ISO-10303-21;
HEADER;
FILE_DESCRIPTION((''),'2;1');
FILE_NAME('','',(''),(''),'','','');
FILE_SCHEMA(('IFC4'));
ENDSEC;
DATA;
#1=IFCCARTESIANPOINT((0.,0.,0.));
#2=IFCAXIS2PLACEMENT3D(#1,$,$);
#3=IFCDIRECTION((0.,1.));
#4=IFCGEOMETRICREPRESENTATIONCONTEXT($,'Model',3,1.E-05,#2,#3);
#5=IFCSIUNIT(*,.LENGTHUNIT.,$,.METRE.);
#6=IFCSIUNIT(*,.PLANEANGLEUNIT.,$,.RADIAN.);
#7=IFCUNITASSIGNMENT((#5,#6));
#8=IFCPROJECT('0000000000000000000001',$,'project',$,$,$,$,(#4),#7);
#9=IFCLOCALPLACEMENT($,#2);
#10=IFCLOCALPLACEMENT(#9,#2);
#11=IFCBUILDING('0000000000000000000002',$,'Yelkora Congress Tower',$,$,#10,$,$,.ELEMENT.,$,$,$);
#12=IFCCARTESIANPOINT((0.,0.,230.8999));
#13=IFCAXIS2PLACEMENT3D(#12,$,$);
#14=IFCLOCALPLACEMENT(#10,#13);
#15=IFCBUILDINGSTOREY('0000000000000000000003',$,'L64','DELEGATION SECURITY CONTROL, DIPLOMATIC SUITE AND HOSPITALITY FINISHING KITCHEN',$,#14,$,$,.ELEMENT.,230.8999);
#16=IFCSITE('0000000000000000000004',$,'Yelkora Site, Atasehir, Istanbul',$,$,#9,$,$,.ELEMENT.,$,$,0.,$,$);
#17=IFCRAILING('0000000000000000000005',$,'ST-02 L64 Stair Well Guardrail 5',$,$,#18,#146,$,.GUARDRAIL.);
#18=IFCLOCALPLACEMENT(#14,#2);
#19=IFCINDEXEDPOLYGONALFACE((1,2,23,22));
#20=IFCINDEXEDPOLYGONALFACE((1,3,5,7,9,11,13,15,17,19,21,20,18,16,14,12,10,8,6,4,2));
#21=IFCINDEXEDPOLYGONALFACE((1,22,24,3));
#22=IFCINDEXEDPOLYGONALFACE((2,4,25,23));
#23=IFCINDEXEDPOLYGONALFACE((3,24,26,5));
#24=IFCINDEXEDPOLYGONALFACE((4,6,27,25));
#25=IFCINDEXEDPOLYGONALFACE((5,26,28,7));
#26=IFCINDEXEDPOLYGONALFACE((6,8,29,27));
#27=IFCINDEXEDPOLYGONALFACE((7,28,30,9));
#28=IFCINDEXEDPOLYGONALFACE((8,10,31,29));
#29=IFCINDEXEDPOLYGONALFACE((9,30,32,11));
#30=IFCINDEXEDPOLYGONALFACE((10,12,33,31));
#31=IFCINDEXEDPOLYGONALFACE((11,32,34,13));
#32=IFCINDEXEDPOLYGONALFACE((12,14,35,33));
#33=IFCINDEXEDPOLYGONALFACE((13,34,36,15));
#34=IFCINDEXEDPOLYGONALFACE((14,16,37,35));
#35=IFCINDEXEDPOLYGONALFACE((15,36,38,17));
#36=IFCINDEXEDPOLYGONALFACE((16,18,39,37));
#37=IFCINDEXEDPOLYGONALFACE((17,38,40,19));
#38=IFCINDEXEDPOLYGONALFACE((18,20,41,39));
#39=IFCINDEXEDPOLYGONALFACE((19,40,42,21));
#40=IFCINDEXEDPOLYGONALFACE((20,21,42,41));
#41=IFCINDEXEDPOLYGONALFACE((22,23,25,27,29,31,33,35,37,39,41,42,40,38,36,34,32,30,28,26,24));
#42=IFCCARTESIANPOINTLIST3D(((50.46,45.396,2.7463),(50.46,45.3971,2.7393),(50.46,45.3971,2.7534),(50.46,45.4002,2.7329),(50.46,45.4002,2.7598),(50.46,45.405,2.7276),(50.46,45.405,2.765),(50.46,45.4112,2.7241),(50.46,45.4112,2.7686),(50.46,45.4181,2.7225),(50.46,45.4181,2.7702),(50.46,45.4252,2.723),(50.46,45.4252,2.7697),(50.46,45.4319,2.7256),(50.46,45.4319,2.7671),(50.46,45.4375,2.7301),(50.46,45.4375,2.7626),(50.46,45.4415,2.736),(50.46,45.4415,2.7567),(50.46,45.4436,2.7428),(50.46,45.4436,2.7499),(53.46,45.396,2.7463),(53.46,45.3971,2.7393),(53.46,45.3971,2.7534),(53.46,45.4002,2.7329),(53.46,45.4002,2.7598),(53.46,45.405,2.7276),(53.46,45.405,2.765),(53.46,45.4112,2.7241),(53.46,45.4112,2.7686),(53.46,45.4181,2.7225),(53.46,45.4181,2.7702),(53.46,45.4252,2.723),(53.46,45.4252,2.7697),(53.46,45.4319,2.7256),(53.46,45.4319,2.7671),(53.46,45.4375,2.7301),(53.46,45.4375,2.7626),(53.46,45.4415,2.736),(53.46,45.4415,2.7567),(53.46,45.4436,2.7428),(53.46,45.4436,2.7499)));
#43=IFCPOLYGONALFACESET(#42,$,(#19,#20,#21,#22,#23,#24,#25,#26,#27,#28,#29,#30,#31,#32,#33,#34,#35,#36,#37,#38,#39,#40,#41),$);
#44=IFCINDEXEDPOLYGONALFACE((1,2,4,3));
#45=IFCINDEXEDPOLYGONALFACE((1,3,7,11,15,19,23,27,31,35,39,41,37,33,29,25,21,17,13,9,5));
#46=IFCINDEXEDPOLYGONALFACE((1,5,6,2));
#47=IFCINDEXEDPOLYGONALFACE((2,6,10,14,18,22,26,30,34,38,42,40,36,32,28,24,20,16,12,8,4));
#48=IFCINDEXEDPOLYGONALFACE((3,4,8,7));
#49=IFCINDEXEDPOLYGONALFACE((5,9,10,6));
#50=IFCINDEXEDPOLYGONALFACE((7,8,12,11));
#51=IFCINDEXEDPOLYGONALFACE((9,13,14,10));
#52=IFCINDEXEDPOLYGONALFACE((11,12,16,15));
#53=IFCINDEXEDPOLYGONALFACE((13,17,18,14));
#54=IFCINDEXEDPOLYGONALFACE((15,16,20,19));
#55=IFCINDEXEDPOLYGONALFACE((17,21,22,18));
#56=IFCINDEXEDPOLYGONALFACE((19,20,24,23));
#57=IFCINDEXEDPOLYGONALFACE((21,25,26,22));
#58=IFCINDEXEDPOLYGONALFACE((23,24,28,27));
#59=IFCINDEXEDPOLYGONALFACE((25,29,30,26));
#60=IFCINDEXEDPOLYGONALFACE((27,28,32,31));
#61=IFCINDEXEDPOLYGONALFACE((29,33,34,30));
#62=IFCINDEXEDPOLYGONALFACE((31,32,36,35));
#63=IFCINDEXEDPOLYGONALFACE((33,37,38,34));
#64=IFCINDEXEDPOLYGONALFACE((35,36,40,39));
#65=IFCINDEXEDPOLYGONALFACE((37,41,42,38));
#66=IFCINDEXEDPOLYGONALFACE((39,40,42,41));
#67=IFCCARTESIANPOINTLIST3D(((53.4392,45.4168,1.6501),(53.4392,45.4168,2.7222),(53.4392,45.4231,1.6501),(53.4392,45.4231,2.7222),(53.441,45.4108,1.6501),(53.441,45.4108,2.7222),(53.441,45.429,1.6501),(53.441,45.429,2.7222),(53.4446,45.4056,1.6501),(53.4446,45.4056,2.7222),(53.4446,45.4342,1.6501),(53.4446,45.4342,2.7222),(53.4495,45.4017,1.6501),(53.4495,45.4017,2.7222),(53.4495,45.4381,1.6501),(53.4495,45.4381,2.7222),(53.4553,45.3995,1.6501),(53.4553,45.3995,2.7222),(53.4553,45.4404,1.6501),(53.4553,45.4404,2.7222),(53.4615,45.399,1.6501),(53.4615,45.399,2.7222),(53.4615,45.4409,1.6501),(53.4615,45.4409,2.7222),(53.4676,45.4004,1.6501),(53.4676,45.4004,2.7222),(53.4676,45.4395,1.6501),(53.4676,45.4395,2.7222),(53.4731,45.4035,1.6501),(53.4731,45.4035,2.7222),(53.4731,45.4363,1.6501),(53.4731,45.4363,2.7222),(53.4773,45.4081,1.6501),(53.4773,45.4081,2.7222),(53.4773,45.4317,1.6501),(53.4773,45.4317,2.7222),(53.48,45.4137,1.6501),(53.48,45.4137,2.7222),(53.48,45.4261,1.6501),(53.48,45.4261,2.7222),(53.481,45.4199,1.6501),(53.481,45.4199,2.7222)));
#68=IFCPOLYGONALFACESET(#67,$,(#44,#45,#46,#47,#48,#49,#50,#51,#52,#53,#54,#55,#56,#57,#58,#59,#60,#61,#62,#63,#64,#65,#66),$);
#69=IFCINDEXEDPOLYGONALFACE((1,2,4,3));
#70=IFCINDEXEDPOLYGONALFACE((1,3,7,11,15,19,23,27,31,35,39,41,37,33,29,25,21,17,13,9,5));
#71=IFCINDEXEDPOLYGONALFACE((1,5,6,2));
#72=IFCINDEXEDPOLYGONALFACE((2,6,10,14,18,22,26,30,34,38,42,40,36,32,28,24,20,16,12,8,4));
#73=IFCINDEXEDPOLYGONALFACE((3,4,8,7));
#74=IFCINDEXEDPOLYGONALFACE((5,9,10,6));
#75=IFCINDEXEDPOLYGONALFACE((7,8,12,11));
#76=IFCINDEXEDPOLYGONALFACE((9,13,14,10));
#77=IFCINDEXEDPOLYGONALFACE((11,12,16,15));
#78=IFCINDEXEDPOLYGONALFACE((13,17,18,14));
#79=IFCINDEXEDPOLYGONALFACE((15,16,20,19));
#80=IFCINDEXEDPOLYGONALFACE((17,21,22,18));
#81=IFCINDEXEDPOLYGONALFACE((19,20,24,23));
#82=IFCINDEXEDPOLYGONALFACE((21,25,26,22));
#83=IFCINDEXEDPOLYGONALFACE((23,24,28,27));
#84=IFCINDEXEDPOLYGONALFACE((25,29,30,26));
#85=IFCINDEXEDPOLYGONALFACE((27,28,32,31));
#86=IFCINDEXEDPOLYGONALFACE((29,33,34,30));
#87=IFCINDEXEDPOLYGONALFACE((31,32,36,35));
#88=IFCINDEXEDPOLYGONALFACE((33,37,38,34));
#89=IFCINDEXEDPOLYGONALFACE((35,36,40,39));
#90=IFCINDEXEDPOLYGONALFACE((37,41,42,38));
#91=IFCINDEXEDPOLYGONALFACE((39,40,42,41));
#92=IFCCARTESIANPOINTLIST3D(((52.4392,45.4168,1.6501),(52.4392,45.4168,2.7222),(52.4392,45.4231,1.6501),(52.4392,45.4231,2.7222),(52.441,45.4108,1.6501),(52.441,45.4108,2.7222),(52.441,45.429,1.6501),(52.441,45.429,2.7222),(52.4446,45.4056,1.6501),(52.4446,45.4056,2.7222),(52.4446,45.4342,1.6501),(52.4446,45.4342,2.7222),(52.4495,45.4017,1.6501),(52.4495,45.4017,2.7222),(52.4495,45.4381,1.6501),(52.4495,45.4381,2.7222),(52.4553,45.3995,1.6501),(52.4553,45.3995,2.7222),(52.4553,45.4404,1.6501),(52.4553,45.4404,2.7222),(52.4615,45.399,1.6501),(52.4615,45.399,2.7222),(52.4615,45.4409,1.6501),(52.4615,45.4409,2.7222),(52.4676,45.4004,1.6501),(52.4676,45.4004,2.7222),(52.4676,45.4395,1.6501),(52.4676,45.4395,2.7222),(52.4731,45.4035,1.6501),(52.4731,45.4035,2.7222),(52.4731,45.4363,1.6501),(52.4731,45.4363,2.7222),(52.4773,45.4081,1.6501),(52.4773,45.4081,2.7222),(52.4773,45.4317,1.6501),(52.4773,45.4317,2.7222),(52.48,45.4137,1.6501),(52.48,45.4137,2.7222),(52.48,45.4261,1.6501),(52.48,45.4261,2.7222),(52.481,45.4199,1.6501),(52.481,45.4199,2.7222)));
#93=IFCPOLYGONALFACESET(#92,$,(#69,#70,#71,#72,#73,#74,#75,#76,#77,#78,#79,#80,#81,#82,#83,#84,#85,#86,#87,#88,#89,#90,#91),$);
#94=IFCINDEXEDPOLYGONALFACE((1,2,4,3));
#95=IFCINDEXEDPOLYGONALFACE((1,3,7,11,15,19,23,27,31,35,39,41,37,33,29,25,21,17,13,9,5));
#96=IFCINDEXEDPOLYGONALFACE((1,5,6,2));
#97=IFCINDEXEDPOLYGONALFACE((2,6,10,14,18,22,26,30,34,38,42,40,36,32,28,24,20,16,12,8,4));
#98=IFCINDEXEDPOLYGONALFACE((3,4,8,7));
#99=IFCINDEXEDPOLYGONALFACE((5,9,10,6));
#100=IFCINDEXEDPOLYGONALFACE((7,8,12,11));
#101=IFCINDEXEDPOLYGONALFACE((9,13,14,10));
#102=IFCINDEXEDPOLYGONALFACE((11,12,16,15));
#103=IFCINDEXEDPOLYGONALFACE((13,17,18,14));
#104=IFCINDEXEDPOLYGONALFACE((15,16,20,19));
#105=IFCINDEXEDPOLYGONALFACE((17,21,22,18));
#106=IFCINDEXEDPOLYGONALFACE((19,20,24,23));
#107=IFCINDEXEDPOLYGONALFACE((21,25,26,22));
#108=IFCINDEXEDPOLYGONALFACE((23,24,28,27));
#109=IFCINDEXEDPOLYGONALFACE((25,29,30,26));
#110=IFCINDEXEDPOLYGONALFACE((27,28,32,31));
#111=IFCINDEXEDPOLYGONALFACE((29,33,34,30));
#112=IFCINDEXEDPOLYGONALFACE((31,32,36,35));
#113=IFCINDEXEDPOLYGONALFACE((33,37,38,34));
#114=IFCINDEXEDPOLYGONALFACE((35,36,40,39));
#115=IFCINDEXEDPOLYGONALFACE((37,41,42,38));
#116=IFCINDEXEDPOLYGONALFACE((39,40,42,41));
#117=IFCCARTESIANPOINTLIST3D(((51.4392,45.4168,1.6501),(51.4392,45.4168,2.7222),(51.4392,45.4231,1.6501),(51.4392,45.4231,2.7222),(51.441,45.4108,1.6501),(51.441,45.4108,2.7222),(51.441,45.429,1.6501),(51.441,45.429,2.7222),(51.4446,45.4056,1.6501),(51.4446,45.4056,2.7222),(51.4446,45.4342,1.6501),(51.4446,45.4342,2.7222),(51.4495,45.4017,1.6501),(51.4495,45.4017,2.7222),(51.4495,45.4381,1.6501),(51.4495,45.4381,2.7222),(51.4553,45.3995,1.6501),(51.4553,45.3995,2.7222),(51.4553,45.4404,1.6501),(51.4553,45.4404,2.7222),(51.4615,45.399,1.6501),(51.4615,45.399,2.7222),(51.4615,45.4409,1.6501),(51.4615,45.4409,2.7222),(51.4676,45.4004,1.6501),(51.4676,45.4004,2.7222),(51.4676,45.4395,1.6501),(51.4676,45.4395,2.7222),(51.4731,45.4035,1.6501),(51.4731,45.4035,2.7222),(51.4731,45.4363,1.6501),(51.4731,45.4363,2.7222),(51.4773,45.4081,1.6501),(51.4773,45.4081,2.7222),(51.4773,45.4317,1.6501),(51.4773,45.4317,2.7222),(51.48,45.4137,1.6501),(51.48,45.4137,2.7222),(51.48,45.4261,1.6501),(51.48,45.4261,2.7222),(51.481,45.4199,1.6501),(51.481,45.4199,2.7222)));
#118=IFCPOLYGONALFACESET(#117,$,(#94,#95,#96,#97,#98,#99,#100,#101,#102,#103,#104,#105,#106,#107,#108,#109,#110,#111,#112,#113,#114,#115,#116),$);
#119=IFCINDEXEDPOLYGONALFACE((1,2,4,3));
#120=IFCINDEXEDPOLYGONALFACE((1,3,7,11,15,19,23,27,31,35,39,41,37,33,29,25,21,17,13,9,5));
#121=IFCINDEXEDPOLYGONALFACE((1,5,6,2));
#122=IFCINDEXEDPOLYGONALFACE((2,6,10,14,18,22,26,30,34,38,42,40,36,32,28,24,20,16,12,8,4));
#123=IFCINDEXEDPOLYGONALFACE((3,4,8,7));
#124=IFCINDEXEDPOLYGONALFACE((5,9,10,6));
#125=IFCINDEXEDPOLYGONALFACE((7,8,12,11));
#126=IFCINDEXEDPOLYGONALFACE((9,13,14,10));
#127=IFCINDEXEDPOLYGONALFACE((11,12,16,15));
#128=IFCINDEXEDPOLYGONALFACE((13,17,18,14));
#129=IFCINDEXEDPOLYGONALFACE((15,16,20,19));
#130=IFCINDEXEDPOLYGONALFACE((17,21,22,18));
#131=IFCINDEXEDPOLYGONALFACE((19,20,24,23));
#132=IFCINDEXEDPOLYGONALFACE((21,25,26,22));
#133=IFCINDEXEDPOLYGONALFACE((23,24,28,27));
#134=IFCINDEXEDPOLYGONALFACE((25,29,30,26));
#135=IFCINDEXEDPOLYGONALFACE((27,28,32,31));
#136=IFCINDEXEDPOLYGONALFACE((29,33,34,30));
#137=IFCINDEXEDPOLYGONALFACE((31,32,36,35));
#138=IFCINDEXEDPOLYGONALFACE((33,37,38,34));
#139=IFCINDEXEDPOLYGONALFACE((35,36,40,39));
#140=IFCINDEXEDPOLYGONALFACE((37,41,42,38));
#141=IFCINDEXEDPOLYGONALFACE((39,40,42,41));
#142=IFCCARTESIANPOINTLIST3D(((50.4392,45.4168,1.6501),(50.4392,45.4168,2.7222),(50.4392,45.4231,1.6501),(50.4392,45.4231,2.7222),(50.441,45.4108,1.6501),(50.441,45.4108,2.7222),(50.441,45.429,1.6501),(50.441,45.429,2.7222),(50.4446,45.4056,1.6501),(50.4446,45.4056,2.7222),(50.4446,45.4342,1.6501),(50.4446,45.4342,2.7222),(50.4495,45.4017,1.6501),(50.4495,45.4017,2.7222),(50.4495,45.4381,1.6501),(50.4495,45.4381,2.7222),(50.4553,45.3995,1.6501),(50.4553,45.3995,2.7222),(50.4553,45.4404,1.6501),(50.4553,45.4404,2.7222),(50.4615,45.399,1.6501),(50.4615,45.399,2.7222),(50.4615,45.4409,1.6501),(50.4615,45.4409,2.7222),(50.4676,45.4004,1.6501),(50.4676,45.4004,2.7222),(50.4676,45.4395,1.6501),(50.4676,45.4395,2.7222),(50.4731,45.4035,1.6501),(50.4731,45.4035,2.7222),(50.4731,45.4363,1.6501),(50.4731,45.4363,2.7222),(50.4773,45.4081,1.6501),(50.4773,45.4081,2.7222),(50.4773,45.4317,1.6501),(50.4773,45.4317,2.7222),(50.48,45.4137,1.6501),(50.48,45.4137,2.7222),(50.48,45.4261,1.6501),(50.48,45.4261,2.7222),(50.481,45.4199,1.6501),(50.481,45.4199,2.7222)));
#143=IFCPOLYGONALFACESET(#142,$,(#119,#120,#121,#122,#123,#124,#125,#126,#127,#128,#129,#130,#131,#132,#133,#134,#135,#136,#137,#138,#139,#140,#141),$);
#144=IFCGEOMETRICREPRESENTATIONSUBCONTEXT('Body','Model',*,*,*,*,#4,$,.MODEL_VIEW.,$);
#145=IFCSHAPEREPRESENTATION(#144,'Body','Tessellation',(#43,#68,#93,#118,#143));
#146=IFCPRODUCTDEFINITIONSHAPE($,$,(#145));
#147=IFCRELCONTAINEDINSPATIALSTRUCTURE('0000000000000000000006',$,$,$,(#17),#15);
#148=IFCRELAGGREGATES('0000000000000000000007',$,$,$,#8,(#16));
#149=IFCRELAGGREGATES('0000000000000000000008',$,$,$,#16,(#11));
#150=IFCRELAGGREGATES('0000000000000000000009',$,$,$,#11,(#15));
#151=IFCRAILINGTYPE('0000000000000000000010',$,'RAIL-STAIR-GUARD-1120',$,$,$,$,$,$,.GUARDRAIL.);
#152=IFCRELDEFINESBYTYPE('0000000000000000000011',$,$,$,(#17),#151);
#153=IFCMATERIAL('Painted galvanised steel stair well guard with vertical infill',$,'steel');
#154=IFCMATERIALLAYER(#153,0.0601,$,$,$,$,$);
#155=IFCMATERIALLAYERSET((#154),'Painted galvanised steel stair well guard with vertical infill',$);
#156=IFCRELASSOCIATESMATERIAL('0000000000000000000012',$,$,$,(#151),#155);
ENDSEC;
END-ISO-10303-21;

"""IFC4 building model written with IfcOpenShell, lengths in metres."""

from ifc_helpers import new_model, si_unit, direction, frame, origin, origin_2d, place, context, subcontext, project, spatial, circle, extrude, material, layer, layer_set, type_object, element, save


model = new_model("IFC4")

# Units and contexts
model_context = context("Model", 3, precision=1e-05, world=origin(), true_north=direction((0.0, 1.0)))
body_context = subcontext(model_context, "Body", "Model", "MODEL_VIEW")
ifc_project = project(units=[si_unit("LENGTHUNIT", "METRE"), si_unit("PLANEANGLEUNIT", "RADIAN")], contexts=[model_context])

# Site, building, storey
site_placement = place(None, origin())
site = spatial("IfcSite", under=ifc_project, at=site_placement, Name="Yelkora Site, Atasehir, Istanbul", CompositionType="ELEMENT", RefElevation=0.0)
building_placement = place(site_placement, origin())
building = spatial("IfcBuilding", under=site, at=building_placement, Name="Yelkora Congress Tower", CompositionType="ELEMENT")
storey_placement = place(building_placement, frame((0.0, 0.0, 230.8999)))
storey = spatial("IfcBuildingStorey", under=building, at=storey_placement, Name="L64", Description="DELEGATION SECURITY CONTROL, DIPLOMATIC SUITE AND HOSPITALITY FINISHING KITCHEN", CompositionType="ELEMENT", Elevation=230.8999)

# Railing
ifc_material_1 = material(Name="Painted galvanised steel stair well guard with vertical infill", Category="steel")
ifc_layer_1 = layer(ifc_material_1, 0.0601)
ifc_layer_set_1 = layer_set([ifc_layer_1], Name="Painted galvanised steel stair well guard with vertical infill")
railing_type_1 = type_object("IfcRailingType", Name="RAIL-STAIR-GUARD-1120", PredefinedType="GUARDRAIL", material=ifc_layer_set_1)
railing_1_placement = place(storey_placement, frame((53.46, 45.4199, 1.6501)))
element("IfcRailing", 1, at=railing_1_placement, inside=storey, type_object=railing_type_1, Name="ST-02 L64 Stair Well Guardrail 5", PredefinedType="GUARDRAIL", context=body_context, shape_type="SweptSolid", body=[
    extrude(circle(Radius=0.0239, at=origin_2d()), frame((0.0, 0.0, 1.0962), z_axis=(-1.0, 0.0, 0.0), x_axis=(0.0, -1.0, 0.0)), (0.0, 0.0, 1.0), 3.0),
    extrude(circle(Radius=0.021, at=origin_2d()), origin(), (0.0, 0.0, 1.0), 1.072),
    extrude(circle(Radius=0.021, at=origin_2d()), frame((-1.0, 0.0, 0.0)), (0.0, 0.0, 1.0), 1.072),
    extrude(circle(Radius=0.021, at=origin_2d()), frame((-2.0, 0.0, 0.0)), (0.0, 0.0, 1.0), 1.072),
    extrude(circle(Radius=0.021, at=origin_2d()), frame((-3.0, 0.0, 0.0)), (0.0, 0.0, 1.0), 1.072),
])

save(model, "model.ifc")
